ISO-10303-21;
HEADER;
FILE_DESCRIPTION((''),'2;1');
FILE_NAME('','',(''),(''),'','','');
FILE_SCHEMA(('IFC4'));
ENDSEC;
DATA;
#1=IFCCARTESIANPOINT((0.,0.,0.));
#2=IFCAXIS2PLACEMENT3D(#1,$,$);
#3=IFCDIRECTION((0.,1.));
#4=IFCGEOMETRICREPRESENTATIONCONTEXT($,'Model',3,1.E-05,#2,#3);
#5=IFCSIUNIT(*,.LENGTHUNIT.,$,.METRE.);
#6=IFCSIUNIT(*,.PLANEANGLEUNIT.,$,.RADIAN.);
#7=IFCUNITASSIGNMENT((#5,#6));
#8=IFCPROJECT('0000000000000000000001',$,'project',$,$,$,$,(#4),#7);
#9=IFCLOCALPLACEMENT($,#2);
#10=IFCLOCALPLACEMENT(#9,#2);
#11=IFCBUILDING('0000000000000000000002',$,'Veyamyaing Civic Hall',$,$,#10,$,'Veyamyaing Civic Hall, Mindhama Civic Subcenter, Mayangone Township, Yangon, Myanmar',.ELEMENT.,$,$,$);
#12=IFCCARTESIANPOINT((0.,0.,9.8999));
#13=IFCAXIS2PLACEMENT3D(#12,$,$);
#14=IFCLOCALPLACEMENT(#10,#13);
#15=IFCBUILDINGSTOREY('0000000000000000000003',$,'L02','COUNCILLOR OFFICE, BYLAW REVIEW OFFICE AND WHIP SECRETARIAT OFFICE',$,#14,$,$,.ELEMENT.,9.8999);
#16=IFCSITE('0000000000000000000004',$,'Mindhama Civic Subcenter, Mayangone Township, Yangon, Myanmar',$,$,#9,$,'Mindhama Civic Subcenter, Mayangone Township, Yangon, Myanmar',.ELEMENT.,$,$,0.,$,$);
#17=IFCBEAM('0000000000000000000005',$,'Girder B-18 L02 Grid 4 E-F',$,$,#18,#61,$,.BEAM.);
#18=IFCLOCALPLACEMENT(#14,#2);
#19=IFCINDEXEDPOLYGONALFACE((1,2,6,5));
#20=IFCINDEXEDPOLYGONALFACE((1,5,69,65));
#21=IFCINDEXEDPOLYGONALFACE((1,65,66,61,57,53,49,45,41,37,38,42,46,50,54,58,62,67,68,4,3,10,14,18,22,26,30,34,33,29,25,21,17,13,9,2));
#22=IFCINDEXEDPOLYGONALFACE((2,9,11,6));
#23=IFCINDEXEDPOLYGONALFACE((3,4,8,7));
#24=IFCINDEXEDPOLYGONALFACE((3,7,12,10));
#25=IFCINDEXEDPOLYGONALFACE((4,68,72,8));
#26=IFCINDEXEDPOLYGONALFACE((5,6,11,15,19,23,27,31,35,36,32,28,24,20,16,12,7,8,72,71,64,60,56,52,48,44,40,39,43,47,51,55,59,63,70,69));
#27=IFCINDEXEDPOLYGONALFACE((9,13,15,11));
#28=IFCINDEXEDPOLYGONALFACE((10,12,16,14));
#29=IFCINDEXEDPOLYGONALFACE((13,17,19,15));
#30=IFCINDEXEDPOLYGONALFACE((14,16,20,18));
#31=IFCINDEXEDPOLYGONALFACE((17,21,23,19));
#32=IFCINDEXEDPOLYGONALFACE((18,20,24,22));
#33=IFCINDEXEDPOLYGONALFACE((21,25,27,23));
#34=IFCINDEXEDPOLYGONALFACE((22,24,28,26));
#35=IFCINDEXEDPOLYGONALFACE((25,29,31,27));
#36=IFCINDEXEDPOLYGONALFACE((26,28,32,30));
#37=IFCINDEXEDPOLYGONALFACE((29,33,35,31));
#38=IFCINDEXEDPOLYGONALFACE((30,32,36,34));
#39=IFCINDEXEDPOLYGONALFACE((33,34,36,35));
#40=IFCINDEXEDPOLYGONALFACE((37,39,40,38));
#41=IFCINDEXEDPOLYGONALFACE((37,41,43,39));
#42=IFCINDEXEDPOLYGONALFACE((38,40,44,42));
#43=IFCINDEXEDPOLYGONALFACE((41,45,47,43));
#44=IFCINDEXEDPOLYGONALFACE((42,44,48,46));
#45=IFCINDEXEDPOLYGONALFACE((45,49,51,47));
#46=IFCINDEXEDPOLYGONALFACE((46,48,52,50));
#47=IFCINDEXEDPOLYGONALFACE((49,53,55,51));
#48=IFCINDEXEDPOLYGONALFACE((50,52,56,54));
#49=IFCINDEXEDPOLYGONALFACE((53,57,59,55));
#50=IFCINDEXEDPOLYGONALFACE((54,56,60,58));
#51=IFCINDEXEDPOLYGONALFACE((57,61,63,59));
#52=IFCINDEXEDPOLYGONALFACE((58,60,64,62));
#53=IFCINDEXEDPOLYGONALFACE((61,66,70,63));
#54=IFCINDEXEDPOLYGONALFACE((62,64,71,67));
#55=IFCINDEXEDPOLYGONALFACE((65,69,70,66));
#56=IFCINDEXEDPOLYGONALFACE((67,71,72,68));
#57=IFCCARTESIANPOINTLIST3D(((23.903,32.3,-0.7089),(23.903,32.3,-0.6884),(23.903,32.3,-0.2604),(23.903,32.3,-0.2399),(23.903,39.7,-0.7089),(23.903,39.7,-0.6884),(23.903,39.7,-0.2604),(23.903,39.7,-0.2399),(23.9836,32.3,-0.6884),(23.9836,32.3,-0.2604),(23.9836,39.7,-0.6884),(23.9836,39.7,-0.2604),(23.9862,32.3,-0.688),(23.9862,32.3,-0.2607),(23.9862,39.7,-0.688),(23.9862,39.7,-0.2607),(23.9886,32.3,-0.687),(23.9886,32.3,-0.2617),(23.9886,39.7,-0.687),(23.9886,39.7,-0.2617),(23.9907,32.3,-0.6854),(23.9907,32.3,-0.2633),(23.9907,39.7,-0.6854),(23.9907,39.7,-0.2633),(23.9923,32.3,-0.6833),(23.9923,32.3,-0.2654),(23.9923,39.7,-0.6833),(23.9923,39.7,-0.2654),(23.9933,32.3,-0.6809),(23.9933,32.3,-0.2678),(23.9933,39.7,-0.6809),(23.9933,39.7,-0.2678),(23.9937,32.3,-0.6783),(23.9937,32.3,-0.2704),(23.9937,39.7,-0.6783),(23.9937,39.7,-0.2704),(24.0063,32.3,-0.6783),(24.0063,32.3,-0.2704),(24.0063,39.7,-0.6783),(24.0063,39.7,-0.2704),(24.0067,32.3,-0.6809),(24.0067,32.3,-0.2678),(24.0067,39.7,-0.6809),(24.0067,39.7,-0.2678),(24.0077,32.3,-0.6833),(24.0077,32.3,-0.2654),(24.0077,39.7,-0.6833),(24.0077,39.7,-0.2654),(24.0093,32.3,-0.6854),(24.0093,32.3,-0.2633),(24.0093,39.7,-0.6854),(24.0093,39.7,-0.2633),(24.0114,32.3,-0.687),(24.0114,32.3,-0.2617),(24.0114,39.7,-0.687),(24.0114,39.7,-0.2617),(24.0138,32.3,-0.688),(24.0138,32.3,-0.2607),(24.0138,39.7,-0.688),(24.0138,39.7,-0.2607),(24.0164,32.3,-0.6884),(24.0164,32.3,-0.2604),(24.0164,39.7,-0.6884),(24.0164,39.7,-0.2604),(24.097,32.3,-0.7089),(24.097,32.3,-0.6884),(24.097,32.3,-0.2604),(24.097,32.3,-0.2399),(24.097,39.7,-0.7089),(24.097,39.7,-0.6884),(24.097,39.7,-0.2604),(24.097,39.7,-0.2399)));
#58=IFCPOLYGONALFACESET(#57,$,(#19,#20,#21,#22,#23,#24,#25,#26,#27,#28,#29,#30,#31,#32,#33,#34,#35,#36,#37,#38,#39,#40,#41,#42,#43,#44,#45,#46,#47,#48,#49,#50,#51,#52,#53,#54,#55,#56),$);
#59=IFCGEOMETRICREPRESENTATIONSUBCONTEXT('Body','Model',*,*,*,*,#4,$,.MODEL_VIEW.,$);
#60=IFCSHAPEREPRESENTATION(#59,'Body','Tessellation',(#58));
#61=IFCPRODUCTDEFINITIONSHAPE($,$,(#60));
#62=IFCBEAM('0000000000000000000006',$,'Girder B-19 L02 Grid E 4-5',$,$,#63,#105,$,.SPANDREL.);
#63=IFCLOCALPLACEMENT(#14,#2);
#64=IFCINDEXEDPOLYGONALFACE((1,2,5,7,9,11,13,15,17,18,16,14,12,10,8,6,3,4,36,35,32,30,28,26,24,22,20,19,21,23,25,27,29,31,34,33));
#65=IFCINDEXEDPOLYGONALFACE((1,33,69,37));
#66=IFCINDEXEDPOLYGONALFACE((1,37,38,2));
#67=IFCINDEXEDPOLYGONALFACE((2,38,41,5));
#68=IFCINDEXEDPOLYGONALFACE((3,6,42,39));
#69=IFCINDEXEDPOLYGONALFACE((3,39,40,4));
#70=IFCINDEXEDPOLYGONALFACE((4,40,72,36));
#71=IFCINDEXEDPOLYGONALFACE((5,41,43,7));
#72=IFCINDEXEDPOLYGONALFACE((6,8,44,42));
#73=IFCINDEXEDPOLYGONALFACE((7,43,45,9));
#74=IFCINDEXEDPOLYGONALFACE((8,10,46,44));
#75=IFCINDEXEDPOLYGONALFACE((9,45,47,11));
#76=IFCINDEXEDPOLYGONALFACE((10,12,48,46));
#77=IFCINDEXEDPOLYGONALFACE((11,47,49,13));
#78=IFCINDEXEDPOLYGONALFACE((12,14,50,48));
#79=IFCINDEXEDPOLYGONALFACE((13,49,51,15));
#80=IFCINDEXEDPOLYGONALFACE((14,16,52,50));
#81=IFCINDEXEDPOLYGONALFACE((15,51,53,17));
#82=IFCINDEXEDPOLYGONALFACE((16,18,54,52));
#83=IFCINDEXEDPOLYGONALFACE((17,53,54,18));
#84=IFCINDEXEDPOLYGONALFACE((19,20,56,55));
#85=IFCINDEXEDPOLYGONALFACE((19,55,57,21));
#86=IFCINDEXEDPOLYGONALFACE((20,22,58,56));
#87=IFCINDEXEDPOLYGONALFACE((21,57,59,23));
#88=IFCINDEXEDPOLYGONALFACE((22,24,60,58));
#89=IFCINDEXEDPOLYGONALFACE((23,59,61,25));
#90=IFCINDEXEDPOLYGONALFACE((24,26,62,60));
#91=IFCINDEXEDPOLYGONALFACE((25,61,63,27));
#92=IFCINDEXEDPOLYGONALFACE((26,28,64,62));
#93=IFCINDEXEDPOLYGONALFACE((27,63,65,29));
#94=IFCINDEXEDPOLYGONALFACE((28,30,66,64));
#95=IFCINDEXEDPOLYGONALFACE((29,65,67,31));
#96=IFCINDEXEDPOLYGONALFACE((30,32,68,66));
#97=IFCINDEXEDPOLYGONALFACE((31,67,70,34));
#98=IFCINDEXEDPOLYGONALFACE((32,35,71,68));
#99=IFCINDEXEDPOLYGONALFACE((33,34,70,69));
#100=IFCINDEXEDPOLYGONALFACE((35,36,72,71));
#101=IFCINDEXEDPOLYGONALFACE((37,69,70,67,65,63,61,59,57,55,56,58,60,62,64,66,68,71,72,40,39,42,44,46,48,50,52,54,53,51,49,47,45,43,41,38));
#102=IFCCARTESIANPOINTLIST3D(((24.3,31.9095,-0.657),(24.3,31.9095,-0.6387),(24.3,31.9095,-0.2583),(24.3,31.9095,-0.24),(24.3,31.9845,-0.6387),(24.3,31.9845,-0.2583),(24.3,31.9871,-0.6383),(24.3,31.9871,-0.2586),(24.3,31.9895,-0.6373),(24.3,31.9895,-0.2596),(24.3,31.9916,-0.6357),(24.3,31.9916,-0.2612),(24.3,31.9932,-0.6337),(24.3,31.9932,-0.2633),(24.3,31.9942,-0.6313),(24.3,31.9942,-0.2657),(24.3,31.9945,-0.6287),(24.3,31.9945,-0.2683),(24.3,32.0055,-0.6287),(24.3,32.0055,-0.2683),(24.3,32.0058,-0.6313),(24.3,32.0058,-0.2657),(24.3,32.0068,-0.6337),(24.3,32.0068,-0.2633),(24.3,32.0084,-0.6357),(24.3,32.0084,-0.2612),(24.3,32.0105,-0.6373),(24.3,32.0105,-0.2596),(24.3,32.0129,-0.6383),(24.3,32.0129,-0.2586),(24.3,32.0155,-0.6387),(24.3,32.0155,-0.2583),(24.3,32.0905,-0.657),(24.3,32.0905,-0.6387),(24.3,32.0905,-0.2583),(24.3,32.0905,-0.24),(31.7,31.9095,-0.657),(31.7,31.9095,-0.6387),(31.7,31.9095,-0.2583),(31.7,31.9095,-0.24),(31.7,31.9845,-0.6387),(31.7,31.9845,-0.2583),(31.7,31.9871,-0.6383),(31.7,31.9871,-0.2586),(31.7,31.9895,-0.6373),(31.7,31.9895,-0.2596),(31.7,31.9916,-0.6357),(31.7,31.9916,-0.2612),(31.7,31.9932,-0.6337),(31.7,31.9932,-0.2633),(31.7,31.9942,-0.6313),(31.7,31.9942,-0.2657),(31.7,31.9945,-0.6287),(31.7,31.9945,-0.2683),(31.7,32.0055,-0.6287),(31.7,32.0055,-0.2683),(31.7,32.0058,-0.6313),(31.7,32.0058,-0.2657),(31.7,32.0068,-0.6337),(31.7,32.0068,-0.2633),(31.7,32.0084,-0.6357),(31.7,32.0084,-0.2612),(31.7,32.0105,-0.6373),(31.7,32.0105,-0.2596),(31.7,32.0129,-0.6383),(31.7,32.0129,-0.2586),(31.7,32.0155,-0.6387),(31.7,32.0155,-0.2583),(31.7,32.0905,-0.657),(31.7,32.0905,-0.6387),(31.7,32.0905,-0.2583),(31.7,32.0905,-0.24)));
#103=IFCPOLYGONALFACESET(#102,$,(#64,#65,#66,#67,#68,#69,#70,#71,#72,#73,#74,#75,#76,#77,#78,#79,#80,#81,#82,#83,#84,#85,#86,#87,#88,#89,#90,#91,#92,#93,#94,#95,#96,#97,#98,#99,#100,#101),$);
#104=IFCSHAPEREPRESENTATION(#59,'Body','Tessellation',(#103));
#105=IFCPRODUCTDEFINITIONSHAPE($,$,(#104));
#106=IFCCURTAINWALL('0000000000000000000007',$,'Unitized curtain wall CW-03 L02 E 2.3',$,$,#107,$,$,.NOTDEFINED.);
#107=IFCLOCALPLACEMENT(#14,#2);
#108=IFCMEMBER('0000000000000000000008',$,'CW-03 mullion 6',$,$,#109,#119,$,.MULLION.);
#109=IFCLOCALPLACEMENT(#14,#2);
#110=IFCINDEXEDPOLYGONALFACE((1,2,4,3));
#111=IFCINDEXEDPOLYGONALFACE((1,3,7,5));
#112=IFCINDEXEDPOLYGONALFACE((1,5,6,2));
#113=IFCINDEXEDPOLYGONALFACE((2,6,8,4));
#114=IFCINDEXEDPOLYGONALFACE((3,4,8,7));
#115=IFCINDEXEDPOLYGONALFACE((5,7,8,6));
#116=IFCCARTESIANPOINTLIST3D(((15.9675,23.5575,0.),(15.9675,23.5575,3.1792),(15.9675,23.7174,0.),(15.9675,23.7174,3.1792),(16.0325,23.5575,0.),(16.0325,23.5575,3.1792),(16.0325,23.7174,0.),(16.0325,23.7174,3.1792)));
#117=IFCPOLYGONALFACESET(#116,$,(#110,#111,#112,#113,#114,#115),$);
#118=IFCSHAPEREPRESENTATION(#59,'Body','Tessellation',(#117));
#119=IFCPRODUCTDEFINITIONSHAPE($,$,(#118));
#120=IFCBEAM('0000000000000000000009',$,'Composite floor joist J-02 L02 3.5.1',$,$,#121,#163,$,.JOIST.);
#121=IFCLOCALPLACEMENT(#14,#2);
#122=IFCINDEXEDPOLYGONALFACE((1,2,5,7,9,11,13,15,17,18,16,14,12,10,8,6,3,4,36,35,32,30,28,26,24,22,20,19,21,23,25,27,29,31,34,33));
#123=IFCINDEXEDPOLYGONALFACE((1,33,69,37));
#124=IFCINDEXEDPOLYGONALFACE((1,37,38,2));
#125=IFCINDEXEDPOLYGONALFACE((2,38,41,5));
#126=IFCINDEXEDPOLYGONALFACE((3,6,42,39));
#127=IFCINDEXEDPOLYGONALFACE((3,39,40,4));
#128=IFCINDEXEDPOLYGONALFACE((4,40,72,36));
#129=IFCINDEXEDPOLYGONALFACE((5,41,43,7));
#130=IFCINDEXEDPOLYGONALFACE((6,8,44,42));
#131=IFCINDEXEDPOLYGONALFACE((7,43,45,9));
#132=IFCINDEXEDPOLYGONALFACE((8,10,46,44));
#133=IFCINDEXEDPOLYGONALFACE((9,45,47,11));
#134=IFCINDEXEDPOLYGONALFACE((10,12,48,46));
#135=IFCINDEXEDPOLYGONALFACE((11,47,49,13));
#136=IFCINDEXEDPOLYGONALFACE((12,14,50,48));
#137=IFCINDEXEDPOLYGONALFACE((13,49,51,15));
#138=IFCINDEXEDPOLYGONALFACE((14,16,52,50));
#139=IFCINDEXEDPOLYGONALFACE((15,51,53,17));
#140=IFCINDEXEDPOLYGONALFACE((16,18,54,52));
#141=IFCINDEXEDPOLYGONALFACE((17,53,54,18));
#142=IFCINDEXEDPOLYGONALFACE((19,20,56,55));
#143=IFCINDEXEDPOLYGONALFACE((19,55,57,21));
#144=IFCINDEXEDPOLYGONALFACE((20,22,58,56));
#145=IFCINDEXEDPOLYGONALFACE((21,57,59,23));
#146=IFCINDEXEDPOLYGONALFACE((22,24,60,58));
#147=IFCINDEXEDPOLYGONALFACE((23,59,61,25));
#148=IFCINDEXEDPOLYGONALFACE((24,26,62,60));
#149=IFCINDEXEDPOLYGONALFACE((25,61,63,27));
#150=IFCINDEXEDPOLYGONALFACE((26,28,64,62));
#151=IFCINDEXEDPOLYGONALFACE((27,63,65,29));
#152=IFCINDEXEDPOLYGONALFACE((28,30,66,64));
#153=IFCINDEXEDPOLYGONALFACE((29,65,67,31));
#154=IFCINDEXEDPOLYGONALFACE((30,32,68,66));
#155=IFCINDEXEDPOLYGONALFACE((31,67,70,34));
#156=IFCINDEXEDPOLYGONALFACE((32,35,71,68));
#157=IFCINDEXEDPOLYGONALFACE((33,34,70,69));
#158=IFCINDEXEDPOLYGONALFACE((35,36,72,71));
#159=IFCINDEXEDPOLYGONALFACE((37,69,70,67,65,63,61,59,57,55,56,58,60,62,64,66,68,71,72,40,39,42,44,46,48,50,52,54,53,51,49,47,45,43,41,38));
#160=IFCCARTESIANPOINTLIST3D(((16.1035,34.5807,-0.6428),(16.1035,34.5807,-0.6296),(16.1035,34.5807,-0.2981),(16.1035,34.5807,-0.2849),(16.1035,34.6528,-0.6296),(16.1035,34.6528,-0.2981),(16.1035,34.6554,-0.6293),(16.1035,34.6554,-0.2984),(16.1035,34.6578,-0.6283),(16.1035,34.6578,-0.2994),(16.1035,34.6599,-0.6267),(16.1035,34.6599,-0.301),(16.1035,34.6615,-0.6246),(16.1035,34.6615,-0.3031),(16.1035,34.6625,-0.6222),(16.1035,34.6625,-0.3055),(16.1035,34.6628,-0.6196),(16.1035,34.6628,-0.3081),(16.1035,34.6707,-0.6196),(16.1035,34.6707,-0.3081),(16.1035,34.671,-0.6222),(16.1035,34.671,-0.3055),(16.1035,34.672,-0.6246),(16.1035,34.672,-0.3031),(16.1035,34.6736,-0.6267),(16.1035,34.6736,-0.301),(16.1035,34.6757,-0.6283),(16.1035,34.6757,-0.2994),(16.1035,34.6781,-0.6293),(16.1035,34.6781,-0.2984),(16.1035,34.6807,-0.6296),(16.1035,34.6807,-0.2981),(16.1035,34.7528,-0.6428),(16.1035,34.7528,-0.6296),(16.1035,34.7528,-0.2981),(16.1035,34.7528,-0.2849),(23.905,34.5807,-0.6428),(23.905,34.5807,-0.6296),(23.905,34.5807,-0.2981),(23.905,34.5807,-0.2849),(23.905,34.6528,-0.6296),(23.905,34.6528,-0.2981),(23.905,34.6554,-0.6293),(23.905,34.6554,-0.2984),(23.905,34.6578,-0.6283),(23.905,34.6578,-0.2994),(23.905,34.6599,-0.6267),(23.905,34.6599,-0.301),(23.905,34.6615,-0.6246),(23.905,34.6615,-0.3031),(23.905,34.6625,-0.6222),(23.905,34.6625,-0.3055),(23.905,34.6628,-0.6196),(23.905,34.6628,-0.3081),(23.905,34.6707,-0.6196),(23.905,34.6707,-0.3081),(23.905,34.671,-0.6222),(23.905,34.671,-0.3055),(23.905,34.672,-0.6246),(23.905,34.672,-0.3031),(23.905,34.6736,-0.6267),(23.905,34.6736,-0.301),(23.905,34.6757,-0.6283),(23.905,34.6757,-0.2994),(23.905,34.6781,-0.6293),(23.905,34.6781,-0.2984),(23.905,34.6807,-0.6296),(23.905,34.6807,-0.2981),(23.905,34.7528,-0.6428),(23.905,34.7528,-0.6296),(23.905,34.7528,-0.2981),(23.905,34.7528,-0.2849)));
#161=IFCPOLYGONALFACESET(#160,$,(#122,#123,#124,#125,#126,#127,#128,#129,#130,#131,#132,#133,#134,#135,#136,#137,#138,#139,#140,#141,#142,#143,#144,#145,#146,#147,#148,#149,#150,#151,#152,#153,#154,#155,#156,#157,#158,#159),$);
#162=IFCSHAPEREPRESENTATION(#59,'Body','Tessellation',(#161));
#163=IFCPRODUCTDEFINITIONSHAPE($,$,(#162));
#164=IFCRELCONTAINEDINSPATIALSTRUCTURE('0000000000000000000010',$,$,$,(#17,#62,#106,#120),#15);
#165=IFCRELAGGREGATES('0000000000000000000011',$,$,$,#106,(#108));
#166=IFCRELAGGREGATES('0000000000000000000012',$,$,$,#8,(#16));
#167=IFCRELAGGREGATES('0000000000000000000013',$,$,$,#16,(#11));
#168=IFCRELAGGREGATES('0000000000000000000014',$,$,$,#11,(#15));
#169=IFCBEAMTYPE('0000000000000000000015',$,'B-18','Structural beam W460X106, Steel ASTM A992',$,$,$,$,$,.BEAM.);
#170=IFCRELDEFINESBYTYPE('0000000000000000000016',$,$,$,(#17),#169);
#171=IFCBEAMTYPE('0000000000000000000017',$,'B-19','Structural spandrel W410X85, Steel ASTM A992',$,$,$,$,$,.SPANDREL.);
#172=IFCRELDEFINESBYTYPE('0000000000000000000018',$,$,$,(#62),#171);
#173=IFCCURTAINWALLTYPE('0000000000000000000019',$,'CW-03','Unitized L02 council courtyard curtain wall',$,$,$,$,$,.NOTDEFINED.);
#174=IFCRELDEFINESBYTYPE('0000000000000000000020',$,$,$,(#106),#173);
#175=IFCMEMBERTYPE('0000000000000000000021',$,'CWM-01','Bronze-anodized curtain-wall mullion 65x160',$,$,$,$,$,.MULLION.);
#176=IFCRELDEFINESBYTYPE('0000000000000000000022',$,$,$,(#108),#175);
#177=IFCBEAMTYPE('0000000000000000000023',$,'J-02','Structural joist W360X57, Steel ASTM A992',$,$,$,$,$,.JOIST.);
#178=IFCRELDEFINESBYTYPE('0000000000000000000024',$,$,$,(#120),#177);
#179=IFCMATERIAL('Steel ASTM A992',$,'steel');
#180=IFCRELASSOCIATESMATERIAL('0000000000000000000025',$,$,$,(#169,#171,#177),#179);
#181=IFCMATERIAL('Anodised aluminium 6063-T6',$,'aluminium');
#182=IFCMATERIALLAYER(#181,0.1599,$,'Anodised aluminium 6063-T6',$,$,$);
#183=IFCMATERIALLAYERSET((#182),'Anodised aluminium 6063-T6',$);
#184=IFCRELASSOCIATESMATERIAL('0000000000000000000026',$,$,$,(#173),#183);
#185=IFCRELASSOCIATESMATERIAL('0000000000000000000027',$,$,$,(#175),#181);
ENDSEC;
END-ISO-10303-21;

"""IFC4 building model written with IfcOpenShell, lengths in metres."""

from ifc_helpers import new_model, si_unit, direction, frame, origin, origin_2d, place, context, subcontext, project, spatial, rectangle, i_section, extrude, material, layer, layer_set, material_profile, profile_set, type_object, element, aggregate, save


model = new_model("IFC4")

# Units and contexts
model_context = context("Model", 3, precision=1e-05, world=origin(), true_north=direction((0.0, 1.0)))
body_context = subcontext(model_context, "Body", "Model", "MODEL_VIEW")
ifc_project = project(units=[si_unit("LENGTHUNIT", "METRE"), si_unit("PLANEANGLEUNIT", "RADIAN")], contexts=[model_context])

# Site, building, storey
site_placement = place(None, origin())
site = spatial("IfcSite", under=ifc_project, at=site_placement, Name="Mindhama Civic Subcenter, Mayangone Township, Yangon, Myanmar", LongName="Mindhama Civic Subcenter, Mayangone Township, Yangon, Myanmar", CompositionType="ELEMENT", RefElevation=0.0)
building_placement = place(site_placement, origin())
building = spatial("IfcBuilding", under=site, at=building_placement, Name="Veyamyaing Civic Hall", LongName="Veyamyaing Civic Hall, Mindhama Civic Subcenter, Mayangone Township, Yangon, Myanmar", CompositionType="ELEMENT")
storey_placement = place(building_placement, frame((0.0, 0.0, 9.8999)))
storey = spatial("IfcBuildingStorey", under=building, at=storey_placement, Name="L02", Description="COUNCILLOR OFFICE, BYLAW REVIEW OFFICE AND WHIP SECRETARIAT OFFICE", CompositionType="ELEMENT", Elevation=9.8999)

# Beams
ifc_material_1 = material(Name="Steel ASTM A992", Category="steel")
ifc_material_profile_1 = material_profile(ifc_material_1, i_section(OverallWidth=0.1941, OverallDepth=0.469, WebThickness=0.0127, FlangeThickness=0.0205, FilletRadius=0.01, at=origin_2d()), Name="W460X106")
ifc_profile_set_1 = profile_set([ifc_material_profile_1], Name="Steel ASTM A992")
beam_type_1 = type_object("IfcBeamType", Name="B-18", Description="Structural beam W460X106, Steel ASTM A992", PredefinedType="BEAM", material=ifc_profile_set_1)
beam_1_placement = place(storey_placement, frame((24.0, 32.3, -0.4744), z_axis=(0.0, 1.0, 0.0), x_axis=(-1.0, 0.0, 0.0)))
element("IfcBeam", 1, at=beam_1_placement, inside=storey, type_object=beam_type_1, Name="Girder B-18 L02 Grid 4 E-F", PredefinedType="BEAM", context=body_context, shape_type="SweptSolid", body=[
    extrude(i_section(OverallWidth=0.1941, OverallDepth=0.469, WebThickness=0.0127, FlangeThickness=0.0205, FilletRadius=0.01, at=origin_2d()), origin(), (0.0, 0.0, 1.0), 7.3999),
])
ifc_material_profile_2 = material_profile(ifc_material_1, i_section(OverallWidth=0.1809, OverallDepth=0.417, WebThickness=0.011, FlangeThickness=0.0183, FilletRadius=0.01, at=origin_2d()), Name="W410X85")
ifc_profile_set_2 = profile_set([ifc_material_profile_2], Name="Steel ASTM A992")
beam_type_2 = type_object("IfcBeamType", Name="B-19", Description="Structural spandrel W410X85, Steel ASTM A992", PredefinedType="SPANDREL", material=ifc_profile_set_2)
beam_2_placement = place(storey_placement, frame((24.3, 32.0, -0.4485), z_axis=(1.0, 0.0, 0.0), x_axis=(0.0, 1.0, 0.0)))
element("IfcBeam", 2, at=beam_2_placement, inside=storey, type_object=beam_type_2, Name="Girder B-19 L02 Grid E 4-5", PredefinedType="SPANDREL", context=body_context, shape_type="SweptSolid", body=[
    extrude(i_section(OverallWidth=0.1809, OverallDepth=0.417, WebThickness=0.011, FlangeThickness=0.0183, FilletRadius=0.01, at=origin_2d()), origin(), (0.0, 0.0, 1.0), 7.3999),
])

# Curtain wall, member
ifc_material_2 = material(Name="Anodised aluminium 6063-T6", Category="aluminium")
ifc_layer_1 = layer(ifc_material_2, 0.1599, Name="Anodised aluminium 6063-T6")
ifc_layer_set_1 = layer_set([ifc_layer_1], Name="Anodised aluminium 6063-T6")
curtain_wall_type = type_object("IfcCurtainWallType", Name="CW-03", Description="Unitized L02 council courtyard curtain wall", PredefinedType="NOTDEFINED", material=ifc_layer_set_1)
curtain_wall_placement = place(storey_placement, origin())
curtain_wall = element("IfcCurtainWall", 3, at=curtain_wall_placement, inside=storey, type_object=curtain_wall_type, Name="Unitized curtain wall CW-03 L02 E 2.3", PredefinedType="NOTDEFINED")
ifc_material_profile_3 = material_profile(ifc_material_2, rectangle(XDim=0.0649, YDim=0.1599, at=origin_2d()), Name="ALU-MUL-65X160")
ifc_profile_set_3 = profile_set([ifc_material_profile_3], Name="Anodised aluminium 6063-T6")
member_type = type_object("IfcMemberType", Name="CWM-01", Description="Bronze-anodized curtain-wall mullion 65x160", PredefinedType="MULLION", material=ifc_profile_set_3)
member_placement = place(storey_placement, frame((16.0, 23.6375, 0.0), z_axis=(0.0, 0.0, 1.0), x_axis=(-1.0, 0.0, 0.0)))
member = element("IfcMember", 4, at=member_placement, type_object=member_type, Name="CW-03 mullion 6", PredefinedType="MULLION", context=body_context, shape_type="SweptSolid", body=[
    extrude(rectangle(XDim=0.0649, YDim=0.1599, at=origin_2d()), origin(), (0.0, 0.0, 1.0), 3.1792),
])

# Beam
ifc_material_profile_4 = material_profile(ifc_material_1, i_section(OverallWidth=0.1721, OverallDepth=0.3579, WebThickness=0.0078, FlangeThickness=0.0132, FilletRadius=0.01, at=origin_2d()), Name="W360X57")
ifc_profile_set_4 = profile_set([ifc_material_profile_4], Name="Steel ASTM A992")
beam_type_3 = type_object("IfcBeamType", Name="J-02", Description="Structural joist W360X57, Steel ASTM A992", PredefinedType="JOIST", material=ifc_profile_set_4)
beam_3_placement = place(storey_placement, frame((16.1035, 34.6667, -0.4639), z_axis=(1.0, 0.0, 0.0), x_axis=(0.0, 1.0, 0.0)))
element("IfcBeam", 5, at=beam_3_placement, inside=storey, type_object=beam_type_3, Name="Composite floor joist J-02 L02 3.5.1", PredefinedType="JOIST", context=body_context, shape_type="SweptSolid", body=[
    extrude(i_section(OverallWidth=0.1721, OverallDepth=0.3579, WebThickness=0.0078, FlangeThickness=0.0132, FilletRadius=0.01, at=origin_2d()), origin(), (0.0, 0.0, 1.0), 7.8015),
])

aggregate(curtain_wall, [member])

save(model, "model.ifc")
